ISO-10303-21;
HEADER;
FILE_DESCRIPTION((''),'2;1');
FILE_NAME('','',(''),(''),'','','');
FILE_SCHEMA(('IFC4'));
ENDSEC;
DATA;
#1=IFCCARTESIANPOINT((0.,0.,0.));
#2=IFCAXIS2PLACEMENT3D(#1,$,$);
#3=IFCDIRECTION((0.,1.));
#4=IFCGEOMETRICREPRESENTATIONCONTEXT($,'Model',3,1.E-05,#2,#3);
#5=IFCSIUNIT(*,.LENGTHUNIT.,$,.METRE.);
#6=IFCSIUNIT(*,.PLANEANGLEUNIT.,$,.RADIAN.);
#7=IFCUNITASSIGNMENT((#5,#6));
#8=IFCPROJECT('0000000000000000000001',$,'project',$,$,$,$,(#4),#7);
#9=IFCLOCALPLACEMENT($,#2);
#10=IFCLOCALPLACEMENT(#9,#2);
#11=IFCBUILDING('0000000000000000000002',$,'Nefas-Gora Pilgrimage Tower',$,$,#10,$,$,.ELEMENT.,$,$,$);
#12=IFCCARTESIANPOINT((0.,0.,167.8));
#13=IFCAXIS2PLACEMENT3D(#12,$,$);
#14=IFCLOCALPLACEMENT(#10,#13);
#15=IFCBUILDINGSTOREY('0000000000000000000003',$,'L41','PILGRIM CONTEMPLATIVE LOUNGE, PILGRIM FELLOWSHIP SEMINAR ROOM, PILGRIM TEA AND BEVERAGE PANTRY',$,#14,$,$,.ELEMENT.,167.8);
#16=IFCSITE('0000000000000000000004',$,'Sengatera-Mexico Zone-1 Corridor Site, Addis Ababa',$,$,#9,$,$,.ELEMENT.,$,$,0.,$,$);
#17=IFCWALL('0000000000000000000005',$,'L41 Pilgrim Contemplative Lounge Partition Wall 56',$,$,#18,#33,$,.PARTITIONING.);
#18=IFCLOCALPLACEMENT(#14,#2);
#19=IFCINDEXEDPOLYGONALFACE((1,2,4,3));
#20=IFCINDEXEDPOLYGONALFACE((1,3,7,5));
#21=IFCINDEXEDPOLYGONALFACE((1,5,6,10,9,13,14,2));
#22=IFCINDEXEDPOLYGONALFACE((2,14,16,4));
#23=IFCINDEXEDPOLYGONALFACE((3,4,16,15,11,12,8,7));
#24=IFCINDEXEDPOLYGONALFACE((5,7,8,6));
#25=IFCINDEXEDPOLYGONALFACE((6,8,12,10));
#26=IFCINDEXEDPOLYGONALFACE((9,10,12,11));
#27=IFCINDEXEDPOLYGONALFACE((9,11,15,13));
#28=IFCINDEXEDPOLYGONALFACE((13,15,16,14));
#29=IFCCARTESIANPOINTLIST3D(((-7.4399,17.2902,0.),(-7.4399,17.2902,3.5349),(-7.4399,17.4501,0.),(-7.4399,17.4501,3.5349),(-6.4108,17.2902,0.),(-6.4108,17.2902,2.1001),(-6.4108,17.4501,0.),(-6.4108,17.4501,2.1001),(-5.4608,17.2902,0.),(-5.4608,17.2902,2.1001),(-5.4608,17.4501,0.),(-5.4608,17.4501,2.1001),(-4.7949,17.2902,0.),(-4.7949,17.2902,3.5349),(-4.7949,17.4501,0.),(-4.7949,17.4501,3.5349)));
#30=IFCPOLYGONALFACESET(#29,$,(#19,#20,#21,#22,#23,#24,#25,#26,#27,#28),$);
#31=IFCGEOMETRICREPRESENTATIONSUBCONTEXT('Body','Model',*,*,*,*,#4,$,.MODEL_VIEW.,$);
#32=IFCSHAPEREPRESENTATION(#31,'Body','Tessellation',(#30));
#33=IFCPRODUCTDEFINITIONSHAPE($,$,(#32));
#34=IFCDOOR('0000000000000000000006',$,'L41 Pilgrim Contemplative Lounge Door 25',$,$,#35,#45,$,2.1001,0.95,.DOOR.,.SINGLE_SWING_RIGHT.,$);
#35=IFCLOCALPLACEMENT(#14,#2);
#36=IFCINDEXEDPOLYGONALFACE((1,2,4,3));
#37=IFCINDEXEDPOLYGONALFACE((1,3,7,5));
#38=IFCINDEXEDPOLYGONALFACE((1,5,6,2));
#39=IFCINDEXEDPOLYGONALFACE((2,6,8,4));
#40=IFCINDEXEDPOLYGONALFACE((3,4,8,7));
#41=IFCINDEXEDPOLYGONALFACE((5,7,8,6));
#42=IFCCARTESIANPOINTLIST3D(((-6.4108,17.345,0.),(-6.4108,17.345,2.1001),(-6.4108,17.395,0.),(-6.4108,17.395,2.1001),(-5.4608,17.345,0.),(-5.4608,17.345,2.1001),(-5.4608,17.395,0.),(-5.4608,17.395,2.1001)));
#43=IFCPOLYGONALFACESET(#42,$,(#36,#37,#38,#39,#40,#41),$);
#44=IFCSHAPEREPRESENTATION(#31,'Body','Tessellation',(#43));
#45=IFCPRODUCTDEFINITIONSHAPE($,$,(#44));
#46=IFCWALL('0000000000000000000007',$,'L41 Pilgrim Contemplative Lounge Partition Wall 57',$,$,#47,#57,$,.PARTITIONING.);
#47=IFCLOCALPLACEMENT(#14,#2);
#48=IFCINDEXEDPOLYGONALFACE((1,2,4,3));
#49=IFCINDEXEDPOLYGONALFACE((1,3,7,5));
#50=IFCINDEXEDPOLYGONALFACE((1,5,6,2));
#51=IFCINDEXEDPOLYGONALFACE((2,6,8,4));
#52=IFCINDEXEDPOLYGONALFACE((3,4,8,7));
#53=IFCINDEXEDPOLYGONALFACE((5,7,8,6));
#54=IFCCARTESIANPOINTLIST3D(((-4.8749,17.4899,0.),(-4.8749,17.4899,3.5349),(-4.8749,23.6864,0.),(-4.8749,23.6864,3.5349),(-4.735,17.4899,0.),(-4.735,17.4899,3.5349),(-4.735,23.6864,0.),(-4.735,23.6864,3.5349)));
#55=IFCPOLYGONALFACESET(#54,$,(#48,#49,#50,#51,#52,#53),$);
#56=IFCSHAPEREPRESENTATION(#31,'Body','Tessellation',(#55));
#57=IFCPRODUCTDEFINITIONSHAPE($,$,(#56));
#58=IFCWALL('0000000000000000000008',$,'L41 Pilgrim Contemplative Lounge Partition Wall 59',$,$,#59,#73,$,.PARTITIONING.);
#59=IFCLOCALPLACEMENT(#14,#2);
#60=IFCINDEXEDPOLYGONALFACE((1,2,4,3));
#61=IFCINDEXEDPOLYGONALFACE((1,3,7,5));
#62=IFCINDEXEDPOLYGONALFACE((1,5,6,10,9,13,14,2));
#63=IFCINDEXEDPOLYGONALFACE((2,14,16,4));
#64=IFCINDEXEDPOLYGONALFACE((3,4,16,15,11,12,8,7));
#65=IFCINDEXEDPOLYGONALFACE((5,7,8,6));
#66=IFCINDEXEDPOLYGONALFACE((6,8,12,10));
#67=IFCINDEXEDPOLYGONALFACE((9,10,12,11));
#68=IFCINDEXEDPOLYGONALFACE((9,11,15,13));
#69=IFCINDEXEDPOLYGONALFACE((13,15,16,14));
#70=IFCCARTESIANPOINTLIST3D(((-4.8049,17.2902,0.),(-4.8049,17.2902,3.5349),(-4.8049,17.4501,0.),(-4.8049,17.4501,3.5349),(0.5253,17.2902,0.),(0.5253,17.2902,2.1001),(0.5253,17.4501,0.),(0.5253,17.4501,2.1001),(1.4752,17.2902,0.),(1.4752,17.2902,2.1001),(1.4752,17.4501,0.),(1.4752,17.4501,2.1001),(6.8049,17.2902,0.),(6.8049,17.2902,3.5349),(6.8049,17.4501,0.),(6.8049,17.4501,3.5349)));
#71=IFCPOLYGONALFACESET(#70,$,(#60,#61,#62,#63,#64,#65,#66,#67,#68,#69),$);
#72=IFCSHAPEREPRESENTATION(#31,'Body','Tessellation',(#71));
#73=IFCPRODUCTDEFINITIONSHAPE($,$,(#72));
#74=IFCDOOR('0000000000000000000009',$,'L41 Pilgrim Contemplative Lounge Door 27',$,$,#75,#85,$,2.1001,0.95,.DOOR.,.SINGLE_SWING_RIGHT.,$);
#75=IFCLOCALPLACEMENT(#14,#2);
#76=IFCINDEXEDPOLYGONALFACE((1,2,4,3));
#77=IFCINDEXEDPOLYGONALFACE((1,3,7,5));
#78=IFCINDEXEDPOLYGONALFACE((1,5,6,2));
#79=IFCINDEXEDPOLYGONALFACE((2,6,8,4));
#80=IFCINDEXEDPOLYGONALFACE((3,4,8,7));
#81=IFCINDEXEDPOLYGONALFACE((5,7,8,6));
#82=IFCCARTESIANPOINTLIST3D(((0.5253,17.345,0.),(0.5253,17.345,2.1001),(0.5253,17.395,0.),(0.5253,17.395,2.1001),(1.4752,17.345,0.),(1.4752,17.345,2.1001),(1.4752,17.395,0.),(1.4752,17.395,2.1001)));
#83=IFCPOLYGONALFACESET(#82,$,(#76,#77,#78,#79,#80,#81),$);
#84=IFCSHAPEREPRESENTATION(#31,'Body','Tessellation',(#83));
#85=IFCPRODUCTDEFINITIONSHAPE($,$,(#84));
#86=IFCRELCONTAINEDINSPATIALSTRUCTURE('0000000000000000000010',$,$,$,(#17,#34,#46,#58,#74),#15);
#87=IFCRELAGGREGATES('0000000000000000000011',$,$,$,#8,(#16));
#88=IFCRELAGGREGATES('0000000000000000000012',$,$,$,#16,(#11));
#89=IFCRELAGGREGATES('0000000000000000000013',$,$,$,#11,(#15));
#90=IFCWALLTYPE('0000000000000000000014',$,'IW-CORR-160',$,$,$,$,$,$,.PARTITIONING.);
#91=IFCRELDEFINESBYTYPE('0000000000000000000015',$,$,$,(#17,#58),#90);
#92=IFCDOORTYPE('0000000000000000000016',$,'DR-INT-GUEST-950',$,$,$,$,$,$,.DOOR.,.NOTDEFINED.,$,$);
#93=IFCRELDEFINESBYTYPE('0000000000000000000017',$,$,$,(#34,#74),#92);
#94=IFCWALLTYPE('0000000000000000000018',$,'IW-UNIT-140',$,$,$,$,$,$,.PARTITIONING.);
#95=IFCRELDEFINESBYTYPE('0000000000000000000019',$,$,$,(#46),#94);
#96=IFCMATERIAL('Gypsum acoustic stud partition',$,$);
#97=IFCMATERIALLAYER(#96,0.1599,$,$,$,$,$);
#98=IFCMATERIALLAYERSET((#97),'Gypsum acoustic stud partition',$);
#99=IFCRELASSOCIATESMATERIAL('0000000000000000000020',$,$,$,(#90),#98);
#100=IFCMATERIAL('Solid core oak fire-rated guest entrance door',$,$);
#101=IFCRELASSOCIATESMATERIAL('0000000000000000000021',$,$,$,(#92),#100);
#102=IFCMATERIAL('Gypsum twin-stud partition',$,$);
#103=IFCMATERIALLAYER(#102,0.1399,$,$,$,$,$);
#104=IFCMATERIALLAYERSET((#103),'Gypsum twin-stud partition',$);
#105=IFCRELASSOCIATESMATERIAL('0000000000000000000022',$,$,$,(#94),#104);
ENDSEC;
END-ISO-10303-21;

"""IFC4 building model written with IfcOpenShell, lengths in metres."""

from ifc_helpers import new_model, si_unit, direction, frame, frame_2d, origin, place, context, subcontext, project, spatial, rectangle, extrude, source, transform, mapped, material, layer, layer_set, type_object, element, fill, save


model = new_model("IFC4")

# Units and contexts
model_context = context("Model", 3, precision=1e-05, world=origin(), true_north=direction((0.0, 1.0)))
body_context = subcontext(model_context, "Body", "Model", "MODEL_VIEW")
ifc_project = project(units=[si_unit("LENGTHUNIT", "METRE"), si_unit("PLANEANGLEUNIT", "RADIAN")], contexts=[model_context])

# Site, building, storey
site_placement = place(None, origin())
site = spatial("IfcSite", under=ifc_project, at=site_placement, Name="Sengatera-Mexico Zone-1 Corridor Site, Addis Ababa", CompositionType="ELEMENT", RefElevation=0.0)
building_placement = place(site_placement, origin())
building = spatial("IfcBuilding", under=site, at=building_placement, Name="Nefas-Gora Pilgrimage Tower", CompositionType="ELEMENT")
storey_placement = place(building_placement, frame((0.0, 0.0, 167.8)))
storey = spatial("IfcBuildingStorey", under=building, at=storey_placement, Name="L41", Description="PILGRIM CONTEMPLATIVE LOUNGE, PILGRIM FELLOWSHIP SEMINAR ROOM, PILGRIM TEA AND BEVERAGE PANTRY", CompositionType="ELEMENT", Elevation=167.8)

# Wall, opening, door
ifc_material_1 = material(Name="Gypsum acoustic stud partition")
ifc_layer_1 = layer(ifc_material_1, 0.1599)
ifc_layer_set_1 = layer_set([ifc_layer_1], Name="Gypsum acoustic stud partition")
wall_type_1 = type_object("IfcWallType", Name="IW-CORR-160", PredefinedType="PARTITIONING", material=ifc_layer_set_1)
shared_shape_1 = source(origin(), body_context, "Body", "SweptSolid", [
    extrude(rectangle(XDim=2.645, YDim=0.1599, at=frame_2d((1.3225, 0.0))), origin(), (0.0, 0.0, 1.0), 3.5349),
])
wall_1_placement = place(storey_placement, frame((-7.4399, 17.3701, 0.0), z_axis=(0.0, 0.0, 1.0), x_axis=(1.0, 0.0, 0.0)))
wall_1 = element("IfcWall", 1, at=wall_1_placement, inside=storey, type_object=wall_type_1, Name="L41 Pilgrim Contemplative Lounge Partition Wall 56", PredefinedType="PARTITIONING", context=body_context, shape_type="MappedRepresentation", body=[
    mapped(shared_shape_1, transform((0.0, 0.0, 0.0), x_axis=(1.0, 0.0, 0.0), y_axis=(0.0, 1.0, 0.0), z_axis=(0.0, 0.0, 1.0), scale=1.0)),
])
opening_1_placement = place(wall_1_placement, frame((1.0291, 0.0, 0.0)))
opening_1 = element("IfcOpeningElement", 2, at=opening_1_placement, cuts=wall_1, PredefinedType="OPENING", context=body_context, shape_type="SweptSolid", body=[
    extrude(rectangle(XDim=0.95, YDim=2.1001, at=frame_2d((0.4751, 1.05))), frame((0.0, 0.0898, 0.0), z_axis=(0.0, -1.0, 0.0), x_axis=(1.0, 0.0, 0.0)), (0.0, 0.0, 1.0), 0.1799),
])
ifc_material_2 = material(Name="Solid core oak fire-rated guest entrance door")
door_type = type_object("IfcDoorType", Name="DR-INT-GUEST-950", OperationType="NOTDEFINED", PredefinedType="DOOR", material=ifc_material_2)
shared_shape_2 = source(origin(), body_context, "Body", "SweptSolid", [
    extrude(rectangle(XDim=0.95, YDim=2.1001, at=frame_2d((0.4751, 1.05))), frame((0.0, 0.0249, 0.0), z_axis=(0.0, -1.0, 0.0), x_axis=(1.0, 0.0, 0.0)), (0.0, 0.0, 1.0), 0.05),
])
door_1_placement = place(opening_1_placement, origin())
door_1 = element("IfcDoor", 3, at=door_1_placement, inside=storey, type_object=door_type, Name="L41 Pilgrim Contemplative Lounge Door 25", OperationType="SINGLE_SWING_RIGHT", OverallHeight=2.1001, OverallWidth=0.95, PredefinedType="DOOR", context=body_context, shape_type="MappedRepresentation", body=[
    mapped(shared_shape_2, transform((0.0, 0.0, 0.0), x_axis=(1.0, 0.0, 0.0), y_axis=(0.0, 1.0, 0.0), z_axis=(0.0, 0.0, 1.0), scale=1.0)),
])
fill(opening_1, door_1)

# Wall
ifc_material_3 = material(Name="Gypsum twin-stud partition")
ifc_layer_2 = layer(ifc_material_3, 0.1399)
ifc_layer_set_2 = layer_set([ifc_layer_2], Name="Gypsum twin-stud partition")
wall_type_2 = type_object("IfcWallType", Name="IW-UNIT-140", PredefinedType="PARTITIONING", material=ifc_layer_set_2)
shared_shape_3 = source(origin(), body_context, "Body", "SweptSolid", [
    extrude(rectangle(XDim=6.1965, YDim=0.1399, at=frame_2d((3.0981, 0.0))), origin(), (0.0, 0.0, 1.0), 3.5349),
])
wall_2_placement = place(storey_placement, frame((-4.8049, 17.49, 0.0), z_axis=(0.0, 0.0, 1.0), x_axis=(0.0, 1.0, 0.0)))
element("IfcWall", 4, at=wall_2_placement, inside=storey, type_object=wall_type_2, Name="L41 Pilgrim Contemplative Lounge Partition Wall 57", PredefinedType="PARTITIONING", context=body_context, shape_type="MappedRepresentation", body=[
    mapped(shared_shape_3, transform((0.0, 0.0, 0.0), x_axis=(1.0, 0.0, 0.0), y_axis=(0.0, 1.0, 0.0), z_axis=(0.0, 0.0, 1.0), scale=1.0)),
])

# Wall, opening, door
shared_shape_4 = source(origin(), body_context, "Body", "SweptSolid", [
    extrude(rectangle(XDim=11.6099, YDim=0.1599, at=frame_2d((5.8049, 0.0))), origin(), (0.0, 0.0, 1.0), 3.5349),
])
wall_3_placement = place(storey_placement, frame((-4.8049, 17.3701, 0.0), z_axis=(0.0, 0.0, 1.0), x_axis=(1.0, 0.0, 0.0)))
wall_3 = element("IfcWall", 5, at=wall_3_placement, inside=storey, type_object=wall_type_1, Name="L41 Pilgrim Contemplative Lounge Partition Wall 59", PredefinedType="PARTITIONING", context=body_context, shape_type="MappedRepresentation", body=[
    mapped(shared_shape_4, transform((0.0, 0.0, 0.0), x_axis=(1.0, 0.0, 0.0), y_axis=(0.0, 1.0, 0.0), z_axis=(0.0, 0.0, 1.0), scale=1.0)),
])
opening_2_placement = place(wall_3_placement, frame((5.3301, 0.0, 0.0)))
opening_2 = element("IfcOpeningElement", 6, at=opening_2_placement, cuts=wall_3, PredefinedType="OPENING", context=body_context, shape_type="SweptSolid", body=[
    extrude(rectangle(XDim=0.95, YDim=2.1001, at=frame_2d((0.4751, 1.05))), frame((0.0, 0.0898, 0.0), z_axis=(0.0, -1.0, 0.0), x_axis=(1.0, 0.0, 0.0)), (0.0, 0.0, 1.0), 0.1799),
])
door_2_placement = place(opening_2_placement, origin())
door_2 = element("IfcDoor", 7, at=door_2_placement, inside=storey, type_object=door_type, Name="L41 Pilgrim Contemplative Lounge Door 27", OperationType="SINGLE_SWING_RIGHT", OverallHeight=2.1001, OverallWidth=0.95, PredefinedType="DOOR", context=body_context, shape_type="MappedRepresentation", body=[
    mapped(shared_shape_2, transform((0.0, 0.0, 0.0), x_axis=(1.0, 0.0, 0.0), y_axis=(0.0, 1.0, 0.0), z_axis=(0.0, 0.0, 1.0), scale=1.0)),
])
fill(opening_2, door_2)

save(model, "model.ifc")
